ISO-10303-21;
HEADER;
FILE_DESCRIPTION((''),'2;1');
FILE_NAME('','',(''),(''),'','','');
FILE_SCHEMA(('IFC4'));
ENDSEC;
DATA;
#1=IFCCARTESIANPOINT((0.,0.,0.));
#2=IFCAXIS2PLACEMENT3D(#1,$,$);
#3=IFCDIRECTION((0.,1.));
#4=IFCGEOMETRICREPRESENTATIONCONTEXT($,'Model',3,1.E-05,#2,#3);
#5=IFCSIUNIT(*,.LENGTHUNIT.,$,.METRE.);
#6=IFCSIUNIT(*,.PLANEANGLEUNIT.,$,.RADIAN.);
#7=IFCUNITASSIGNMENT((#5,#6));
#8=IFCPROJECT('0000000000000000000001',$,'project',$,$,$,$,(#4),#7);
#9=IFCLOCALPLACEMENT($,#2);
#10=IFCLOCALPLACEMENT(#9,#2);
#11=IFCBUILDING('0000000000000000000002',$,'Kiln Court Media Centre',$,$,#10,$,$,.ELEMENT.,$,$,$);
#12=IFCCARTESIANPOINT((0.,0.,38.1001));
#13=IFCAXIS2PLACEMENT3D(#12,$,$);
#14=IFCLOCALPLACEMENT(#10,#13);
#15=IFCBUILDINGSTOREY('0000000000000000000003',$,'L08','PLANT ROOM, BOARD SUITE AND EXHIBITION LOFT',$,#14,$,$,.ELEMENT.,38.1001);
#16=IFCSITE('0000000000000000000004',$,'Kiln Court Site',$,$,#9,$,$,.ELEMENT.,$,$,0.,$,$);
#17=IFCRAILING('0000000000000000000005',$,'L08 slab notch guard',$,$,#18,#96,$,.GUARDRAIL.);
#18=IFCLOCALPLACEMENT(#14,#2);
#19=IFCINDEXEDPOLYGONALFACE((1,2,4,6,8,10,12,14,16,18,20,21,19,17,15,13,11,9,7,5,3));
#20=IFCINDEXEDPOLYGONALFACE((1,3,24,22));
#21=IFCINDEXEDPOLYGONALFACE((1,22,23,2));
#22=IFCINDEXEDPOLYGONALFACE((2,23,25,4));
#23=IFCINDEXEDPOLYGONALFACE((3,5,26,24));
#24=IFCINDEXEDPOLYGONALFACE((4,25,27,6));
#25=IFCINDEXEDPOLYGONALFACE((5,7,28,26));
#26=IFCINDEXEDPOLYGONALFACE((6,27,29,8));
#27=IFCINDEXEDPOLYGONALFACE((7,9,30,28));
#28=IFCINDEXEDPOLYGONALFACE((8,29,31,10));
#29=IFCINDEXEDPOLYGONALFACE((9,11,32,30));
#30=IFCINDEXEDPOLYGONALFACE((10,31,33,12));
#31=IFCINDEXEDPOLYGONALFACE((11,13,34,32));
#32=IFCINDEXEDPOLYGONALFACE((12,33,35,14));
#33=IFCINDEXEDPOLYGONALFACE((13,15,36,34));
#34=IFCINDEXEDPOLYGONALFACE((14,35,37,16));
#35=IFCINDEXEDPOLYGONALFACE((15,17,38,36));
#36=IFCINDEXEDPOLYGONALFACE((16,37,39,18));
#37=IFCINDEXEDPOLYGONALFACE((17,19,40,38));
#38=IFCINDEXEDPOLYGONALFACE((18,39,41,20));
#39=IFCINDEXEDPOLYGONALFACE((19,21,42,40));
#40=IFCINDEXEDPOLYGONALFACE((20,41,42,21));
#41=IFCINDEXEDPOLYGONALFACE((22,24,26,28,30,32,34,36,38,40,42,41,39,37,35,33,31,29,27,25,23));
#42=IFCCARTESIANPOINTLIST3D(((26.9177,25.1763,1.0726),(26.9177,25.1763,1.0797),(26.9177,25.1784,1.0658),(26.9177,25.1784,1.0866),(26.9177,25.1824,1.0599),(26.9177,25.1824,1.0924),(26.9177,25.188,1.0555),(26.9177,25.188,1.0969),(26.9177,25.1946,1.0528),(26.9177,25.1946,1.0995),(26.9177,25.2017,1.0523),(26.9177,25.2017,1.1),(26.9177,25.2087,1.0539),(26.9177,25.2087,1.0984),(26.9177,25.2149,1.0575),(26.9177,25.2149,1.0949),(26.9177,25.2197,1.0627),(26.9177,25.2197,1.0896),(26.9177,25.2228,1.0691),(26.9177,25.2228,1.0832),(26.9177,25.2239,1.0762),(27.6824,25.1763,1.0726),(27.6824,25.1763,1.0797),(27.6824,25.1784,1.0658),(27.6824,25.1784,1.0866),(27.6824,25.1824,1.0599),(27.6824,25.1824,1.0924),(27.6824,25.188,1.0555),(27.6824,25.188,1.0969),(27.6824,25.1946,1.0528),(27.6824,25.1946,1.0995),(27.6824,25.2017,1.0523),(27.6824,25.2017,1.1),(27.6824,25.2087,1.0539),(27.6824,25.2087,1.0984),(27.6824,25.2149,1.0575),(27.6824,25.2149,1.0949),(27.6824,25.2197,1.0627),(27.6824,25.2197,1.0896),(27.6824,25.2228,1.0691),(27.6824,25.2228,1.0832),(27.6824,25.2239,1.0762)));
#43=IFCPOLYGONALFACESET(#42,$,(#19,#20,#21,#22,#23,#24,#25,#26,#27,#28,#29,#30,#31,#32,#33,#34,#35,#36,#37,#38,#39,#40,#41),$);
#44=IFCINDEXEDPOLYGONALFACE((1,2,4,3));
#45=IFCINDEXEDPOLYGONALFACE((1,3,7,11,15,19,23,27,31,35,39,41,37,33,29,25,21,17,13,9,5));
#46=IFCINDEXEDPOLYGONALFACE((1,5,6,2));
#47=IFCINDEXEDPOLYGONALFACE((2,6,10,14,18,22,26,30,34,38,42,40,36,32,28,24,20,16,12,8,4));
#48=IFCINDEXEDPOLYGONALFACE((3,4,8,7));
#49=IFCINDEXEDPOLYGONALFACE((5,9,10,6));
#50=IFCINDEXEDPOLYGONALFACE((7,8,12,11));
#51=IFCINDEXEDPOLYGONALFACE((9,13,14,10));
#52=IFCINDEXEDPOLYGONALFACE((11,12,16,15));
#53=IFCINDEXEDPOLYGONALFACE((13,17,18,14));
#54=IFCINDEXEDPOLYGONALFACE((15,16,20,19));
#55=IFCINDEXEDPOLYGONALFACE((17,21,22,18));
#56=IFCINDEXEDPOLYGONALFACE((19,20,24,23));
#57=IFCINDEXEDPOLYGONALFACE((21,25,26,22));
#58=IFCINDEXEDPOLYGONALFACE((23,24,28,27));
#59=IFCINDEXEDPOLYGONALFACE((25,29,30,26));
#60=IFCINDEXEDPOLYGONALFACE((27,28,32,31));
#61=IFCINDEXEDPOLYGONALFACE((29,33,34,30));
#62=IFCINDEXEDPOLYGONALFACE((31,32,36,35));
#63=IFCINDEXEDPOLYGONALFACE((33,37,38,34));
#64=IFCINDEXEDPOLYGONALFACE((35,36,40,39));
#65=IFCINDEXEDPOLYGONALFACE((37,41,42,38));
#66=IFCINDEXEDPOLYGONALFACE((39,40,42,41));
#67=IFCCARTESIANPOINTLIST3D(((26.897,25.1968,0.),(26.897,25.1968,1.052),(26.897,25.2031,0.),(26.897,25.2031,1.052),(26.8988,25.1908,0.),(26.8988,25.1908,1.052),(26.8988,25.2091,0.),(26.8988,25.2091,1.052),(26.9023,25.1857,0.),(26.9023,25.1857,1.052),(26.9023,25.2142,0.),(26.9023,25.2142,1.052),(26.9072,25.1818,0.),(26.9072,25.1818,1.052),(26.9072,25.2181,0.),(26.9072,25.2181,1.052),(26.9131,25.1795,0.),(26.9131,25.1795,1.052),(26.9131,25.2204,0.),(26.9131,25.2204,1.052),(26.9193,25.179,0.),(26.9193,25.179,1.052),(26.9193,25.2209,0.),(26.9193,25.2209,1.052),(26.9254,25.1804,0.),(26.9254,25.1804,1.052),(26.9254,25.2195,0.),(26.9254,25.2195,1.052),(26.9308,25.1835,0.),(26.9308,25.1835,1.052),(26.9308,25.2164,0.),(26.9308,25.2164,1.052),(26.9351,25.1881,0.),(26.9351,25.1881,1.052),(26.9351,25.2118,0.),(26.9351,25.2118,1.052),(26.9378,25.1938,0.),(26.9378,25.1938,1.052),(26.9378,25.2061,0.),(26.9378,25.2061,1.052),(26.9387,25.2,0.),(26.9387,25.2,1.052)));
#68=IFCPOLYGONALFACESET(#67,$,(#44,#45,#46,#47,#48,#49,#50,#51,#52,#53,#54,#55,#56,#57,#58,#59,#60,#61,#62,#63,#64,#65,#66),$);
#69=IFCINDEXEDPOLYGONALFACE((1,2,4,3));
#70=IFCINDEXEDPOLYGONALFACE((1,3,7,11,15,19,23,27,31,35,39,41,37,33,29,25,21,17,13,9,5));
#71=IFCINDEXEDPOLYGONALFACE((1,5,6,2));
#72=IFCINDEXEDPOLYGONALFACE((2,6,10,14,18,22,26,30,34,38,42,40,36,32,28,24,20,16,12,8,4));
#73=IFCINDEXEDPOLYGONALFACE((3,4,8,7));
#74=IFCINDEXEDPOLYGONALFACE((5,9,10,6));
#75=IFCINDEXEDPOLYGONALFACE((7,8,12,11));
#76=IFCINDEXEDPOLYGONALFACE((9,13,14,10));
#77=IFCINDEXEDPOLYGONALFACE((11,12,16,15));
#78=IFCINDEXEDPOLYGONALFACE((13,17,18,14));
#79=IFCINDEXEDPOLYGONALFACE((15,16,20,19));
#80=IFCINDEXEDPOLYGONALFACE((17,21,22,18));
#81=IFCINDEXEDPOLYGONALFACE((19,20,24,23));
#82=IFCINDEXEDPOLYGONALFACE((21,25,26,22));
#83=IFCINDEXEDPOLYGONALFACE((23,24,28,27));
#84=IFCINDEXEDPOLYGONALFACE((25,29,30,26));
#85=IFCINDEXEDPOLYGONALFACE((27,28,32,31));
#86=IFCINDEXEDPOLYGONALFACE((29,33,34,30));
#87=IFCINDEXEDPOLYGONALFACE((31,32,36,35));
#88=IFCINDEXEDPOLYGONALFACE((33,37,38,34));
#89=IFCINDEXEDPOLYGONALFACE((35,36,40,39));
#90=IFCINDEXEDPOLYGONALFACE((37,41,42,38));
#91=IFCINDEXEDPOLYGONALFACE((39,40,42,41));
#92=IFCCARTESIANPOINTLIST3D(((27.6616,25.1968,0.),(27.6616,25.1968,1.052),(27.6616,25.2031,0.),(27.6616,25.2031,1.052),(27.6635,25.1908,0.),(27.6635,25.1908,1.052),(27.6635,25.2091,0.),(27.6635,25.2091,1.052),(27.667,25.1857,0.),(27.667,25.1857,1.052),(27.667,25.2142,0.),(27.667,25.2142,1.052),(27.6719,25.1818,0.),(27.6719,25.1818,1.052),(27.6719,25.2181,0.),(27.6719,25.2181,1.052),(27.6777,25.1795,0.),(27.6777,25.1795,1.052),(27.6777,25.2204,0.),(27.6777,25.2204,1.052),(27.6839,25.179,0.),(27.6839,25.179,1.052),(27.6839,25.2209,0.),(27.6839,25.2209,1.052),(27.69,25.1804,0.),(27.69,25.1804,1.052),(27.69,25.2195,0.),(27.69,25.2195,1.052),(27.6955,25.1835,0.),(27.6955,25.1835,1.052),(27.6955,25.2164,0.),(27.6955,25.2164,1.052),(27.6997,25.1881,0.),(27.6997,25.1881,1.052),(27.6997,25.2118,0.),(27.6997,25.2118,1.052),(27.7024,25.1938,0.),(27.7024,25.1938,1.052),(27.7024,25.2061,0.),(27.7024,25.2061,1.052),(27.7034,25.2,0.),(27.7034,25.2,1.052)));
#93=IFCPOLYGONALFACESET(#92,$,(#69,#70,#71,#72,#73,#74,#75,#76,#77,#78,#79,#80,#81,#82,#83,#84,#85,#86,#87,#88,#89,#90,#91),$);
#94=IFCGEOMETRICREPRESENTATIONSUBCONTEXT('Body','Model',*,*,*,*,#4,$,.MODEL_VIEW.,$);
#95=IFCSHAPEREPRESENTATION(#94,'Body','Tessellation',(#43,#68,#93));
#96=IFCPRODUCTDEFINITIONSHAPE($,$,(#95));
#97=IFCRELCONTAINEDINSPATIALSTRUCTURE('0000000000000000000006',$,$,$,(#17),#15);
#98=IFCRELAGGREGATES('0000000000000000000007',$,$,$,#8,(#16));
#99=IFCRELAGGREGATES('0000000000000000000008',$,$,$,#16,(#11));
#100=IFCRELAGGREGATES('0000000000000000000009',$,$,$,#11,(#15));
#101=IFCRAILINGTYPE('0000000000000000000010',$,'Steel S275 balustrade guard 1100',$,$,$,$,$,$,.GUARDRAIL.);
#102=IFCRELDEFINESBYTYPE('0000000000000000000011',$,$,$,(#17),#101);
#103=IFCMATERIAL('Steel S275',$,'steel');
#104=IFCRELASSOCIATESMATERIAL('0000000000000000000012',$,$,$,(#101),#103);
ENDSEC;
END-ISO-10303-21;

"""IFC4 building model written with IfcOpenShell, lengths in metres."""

from ifc_helpers import new_model, si_unit, direction, frame, origin, origin_2d, place, context, subcontext, project, spatial, circle, extrude, material, type_object, element, save


model = new_model("IFC4")

# Units and contexts
model_context = context("Model", 3, precision=1e-05, world=origin(), true_north=direction((0.0, 1.0)))
body_context = subcontext(model_context, "Body", "Model", "MODEL_VIEW")
ifc_project = project(units=[si_unit("LENGTHUNIT", "METRE"), si_unit("PLANEANGLEUNIT", "RADIAN")], contexts=[model_context])

# Site, building, storey
site_placement = place(None, origin())
site = spatial("IfcSite", under=ifc_project, at=site_placement, Name="Kiln Court Site", CompositionType="ELEMENT", RefElevation=0.0)
building_placement = place(site_placement, origin())
building = spatial("IfcBuilding", under=site, at=building_placement, Name="Kiln Court Media Centre", CompositionType="ELEMENT")
storey_placement = place(building_placement, frame((0.0, 0.0, 38.1001)))
storey = spatial("IfcBuildingStorey", under=building, at=storey_placement, Name="L08", Description="PLANT ROOM, BOARD SUITE AND EXHIBITION LOFT", CompositionType="ELEMENT", Elevation=38.1001)

# Railing
ifc_material_1 = material(Name="Steel S275", Category="steel")
railing_type = type_object("IfcRailingType", Name="Steel S275 balustrade guard 1100", PredefinedType="GUARDRAIL", material=ifc_material_1)
for number, where, name in (
    (1, (26.9177, 25.2, 0.0), "L08 slab notch guard"),
):
    element("IfcRailing", number, at=place(storey_placement, frame(where)), inside=storey, type_object=railing_type, Name=name, PredefinedType="GUARDRAIL", context=body_context, shape_type="SweptSolid", body=[
        extrude(circle(Radius=0.0239, at=origin_2d()), frame((0.0, 0.0, 1.0762), z_axis=(1.0, 0.0, 0.0), x_axis=(0.0, 1.0, 0.0)), (0.0, 0.0, 1.0), 0.7646),
        extrude(circle(Radius=0.021, at=origin_2d()), origin(), (0.0, 0.0, 1.0), 1.052),
        extrude(circle(Radius=0.021, at=origin_2d()), frame((0.7646, 0.0, 0.0)), (0.0, 0.0, 1.0), 1.052),
    ])

save(model, "model.ifc")
